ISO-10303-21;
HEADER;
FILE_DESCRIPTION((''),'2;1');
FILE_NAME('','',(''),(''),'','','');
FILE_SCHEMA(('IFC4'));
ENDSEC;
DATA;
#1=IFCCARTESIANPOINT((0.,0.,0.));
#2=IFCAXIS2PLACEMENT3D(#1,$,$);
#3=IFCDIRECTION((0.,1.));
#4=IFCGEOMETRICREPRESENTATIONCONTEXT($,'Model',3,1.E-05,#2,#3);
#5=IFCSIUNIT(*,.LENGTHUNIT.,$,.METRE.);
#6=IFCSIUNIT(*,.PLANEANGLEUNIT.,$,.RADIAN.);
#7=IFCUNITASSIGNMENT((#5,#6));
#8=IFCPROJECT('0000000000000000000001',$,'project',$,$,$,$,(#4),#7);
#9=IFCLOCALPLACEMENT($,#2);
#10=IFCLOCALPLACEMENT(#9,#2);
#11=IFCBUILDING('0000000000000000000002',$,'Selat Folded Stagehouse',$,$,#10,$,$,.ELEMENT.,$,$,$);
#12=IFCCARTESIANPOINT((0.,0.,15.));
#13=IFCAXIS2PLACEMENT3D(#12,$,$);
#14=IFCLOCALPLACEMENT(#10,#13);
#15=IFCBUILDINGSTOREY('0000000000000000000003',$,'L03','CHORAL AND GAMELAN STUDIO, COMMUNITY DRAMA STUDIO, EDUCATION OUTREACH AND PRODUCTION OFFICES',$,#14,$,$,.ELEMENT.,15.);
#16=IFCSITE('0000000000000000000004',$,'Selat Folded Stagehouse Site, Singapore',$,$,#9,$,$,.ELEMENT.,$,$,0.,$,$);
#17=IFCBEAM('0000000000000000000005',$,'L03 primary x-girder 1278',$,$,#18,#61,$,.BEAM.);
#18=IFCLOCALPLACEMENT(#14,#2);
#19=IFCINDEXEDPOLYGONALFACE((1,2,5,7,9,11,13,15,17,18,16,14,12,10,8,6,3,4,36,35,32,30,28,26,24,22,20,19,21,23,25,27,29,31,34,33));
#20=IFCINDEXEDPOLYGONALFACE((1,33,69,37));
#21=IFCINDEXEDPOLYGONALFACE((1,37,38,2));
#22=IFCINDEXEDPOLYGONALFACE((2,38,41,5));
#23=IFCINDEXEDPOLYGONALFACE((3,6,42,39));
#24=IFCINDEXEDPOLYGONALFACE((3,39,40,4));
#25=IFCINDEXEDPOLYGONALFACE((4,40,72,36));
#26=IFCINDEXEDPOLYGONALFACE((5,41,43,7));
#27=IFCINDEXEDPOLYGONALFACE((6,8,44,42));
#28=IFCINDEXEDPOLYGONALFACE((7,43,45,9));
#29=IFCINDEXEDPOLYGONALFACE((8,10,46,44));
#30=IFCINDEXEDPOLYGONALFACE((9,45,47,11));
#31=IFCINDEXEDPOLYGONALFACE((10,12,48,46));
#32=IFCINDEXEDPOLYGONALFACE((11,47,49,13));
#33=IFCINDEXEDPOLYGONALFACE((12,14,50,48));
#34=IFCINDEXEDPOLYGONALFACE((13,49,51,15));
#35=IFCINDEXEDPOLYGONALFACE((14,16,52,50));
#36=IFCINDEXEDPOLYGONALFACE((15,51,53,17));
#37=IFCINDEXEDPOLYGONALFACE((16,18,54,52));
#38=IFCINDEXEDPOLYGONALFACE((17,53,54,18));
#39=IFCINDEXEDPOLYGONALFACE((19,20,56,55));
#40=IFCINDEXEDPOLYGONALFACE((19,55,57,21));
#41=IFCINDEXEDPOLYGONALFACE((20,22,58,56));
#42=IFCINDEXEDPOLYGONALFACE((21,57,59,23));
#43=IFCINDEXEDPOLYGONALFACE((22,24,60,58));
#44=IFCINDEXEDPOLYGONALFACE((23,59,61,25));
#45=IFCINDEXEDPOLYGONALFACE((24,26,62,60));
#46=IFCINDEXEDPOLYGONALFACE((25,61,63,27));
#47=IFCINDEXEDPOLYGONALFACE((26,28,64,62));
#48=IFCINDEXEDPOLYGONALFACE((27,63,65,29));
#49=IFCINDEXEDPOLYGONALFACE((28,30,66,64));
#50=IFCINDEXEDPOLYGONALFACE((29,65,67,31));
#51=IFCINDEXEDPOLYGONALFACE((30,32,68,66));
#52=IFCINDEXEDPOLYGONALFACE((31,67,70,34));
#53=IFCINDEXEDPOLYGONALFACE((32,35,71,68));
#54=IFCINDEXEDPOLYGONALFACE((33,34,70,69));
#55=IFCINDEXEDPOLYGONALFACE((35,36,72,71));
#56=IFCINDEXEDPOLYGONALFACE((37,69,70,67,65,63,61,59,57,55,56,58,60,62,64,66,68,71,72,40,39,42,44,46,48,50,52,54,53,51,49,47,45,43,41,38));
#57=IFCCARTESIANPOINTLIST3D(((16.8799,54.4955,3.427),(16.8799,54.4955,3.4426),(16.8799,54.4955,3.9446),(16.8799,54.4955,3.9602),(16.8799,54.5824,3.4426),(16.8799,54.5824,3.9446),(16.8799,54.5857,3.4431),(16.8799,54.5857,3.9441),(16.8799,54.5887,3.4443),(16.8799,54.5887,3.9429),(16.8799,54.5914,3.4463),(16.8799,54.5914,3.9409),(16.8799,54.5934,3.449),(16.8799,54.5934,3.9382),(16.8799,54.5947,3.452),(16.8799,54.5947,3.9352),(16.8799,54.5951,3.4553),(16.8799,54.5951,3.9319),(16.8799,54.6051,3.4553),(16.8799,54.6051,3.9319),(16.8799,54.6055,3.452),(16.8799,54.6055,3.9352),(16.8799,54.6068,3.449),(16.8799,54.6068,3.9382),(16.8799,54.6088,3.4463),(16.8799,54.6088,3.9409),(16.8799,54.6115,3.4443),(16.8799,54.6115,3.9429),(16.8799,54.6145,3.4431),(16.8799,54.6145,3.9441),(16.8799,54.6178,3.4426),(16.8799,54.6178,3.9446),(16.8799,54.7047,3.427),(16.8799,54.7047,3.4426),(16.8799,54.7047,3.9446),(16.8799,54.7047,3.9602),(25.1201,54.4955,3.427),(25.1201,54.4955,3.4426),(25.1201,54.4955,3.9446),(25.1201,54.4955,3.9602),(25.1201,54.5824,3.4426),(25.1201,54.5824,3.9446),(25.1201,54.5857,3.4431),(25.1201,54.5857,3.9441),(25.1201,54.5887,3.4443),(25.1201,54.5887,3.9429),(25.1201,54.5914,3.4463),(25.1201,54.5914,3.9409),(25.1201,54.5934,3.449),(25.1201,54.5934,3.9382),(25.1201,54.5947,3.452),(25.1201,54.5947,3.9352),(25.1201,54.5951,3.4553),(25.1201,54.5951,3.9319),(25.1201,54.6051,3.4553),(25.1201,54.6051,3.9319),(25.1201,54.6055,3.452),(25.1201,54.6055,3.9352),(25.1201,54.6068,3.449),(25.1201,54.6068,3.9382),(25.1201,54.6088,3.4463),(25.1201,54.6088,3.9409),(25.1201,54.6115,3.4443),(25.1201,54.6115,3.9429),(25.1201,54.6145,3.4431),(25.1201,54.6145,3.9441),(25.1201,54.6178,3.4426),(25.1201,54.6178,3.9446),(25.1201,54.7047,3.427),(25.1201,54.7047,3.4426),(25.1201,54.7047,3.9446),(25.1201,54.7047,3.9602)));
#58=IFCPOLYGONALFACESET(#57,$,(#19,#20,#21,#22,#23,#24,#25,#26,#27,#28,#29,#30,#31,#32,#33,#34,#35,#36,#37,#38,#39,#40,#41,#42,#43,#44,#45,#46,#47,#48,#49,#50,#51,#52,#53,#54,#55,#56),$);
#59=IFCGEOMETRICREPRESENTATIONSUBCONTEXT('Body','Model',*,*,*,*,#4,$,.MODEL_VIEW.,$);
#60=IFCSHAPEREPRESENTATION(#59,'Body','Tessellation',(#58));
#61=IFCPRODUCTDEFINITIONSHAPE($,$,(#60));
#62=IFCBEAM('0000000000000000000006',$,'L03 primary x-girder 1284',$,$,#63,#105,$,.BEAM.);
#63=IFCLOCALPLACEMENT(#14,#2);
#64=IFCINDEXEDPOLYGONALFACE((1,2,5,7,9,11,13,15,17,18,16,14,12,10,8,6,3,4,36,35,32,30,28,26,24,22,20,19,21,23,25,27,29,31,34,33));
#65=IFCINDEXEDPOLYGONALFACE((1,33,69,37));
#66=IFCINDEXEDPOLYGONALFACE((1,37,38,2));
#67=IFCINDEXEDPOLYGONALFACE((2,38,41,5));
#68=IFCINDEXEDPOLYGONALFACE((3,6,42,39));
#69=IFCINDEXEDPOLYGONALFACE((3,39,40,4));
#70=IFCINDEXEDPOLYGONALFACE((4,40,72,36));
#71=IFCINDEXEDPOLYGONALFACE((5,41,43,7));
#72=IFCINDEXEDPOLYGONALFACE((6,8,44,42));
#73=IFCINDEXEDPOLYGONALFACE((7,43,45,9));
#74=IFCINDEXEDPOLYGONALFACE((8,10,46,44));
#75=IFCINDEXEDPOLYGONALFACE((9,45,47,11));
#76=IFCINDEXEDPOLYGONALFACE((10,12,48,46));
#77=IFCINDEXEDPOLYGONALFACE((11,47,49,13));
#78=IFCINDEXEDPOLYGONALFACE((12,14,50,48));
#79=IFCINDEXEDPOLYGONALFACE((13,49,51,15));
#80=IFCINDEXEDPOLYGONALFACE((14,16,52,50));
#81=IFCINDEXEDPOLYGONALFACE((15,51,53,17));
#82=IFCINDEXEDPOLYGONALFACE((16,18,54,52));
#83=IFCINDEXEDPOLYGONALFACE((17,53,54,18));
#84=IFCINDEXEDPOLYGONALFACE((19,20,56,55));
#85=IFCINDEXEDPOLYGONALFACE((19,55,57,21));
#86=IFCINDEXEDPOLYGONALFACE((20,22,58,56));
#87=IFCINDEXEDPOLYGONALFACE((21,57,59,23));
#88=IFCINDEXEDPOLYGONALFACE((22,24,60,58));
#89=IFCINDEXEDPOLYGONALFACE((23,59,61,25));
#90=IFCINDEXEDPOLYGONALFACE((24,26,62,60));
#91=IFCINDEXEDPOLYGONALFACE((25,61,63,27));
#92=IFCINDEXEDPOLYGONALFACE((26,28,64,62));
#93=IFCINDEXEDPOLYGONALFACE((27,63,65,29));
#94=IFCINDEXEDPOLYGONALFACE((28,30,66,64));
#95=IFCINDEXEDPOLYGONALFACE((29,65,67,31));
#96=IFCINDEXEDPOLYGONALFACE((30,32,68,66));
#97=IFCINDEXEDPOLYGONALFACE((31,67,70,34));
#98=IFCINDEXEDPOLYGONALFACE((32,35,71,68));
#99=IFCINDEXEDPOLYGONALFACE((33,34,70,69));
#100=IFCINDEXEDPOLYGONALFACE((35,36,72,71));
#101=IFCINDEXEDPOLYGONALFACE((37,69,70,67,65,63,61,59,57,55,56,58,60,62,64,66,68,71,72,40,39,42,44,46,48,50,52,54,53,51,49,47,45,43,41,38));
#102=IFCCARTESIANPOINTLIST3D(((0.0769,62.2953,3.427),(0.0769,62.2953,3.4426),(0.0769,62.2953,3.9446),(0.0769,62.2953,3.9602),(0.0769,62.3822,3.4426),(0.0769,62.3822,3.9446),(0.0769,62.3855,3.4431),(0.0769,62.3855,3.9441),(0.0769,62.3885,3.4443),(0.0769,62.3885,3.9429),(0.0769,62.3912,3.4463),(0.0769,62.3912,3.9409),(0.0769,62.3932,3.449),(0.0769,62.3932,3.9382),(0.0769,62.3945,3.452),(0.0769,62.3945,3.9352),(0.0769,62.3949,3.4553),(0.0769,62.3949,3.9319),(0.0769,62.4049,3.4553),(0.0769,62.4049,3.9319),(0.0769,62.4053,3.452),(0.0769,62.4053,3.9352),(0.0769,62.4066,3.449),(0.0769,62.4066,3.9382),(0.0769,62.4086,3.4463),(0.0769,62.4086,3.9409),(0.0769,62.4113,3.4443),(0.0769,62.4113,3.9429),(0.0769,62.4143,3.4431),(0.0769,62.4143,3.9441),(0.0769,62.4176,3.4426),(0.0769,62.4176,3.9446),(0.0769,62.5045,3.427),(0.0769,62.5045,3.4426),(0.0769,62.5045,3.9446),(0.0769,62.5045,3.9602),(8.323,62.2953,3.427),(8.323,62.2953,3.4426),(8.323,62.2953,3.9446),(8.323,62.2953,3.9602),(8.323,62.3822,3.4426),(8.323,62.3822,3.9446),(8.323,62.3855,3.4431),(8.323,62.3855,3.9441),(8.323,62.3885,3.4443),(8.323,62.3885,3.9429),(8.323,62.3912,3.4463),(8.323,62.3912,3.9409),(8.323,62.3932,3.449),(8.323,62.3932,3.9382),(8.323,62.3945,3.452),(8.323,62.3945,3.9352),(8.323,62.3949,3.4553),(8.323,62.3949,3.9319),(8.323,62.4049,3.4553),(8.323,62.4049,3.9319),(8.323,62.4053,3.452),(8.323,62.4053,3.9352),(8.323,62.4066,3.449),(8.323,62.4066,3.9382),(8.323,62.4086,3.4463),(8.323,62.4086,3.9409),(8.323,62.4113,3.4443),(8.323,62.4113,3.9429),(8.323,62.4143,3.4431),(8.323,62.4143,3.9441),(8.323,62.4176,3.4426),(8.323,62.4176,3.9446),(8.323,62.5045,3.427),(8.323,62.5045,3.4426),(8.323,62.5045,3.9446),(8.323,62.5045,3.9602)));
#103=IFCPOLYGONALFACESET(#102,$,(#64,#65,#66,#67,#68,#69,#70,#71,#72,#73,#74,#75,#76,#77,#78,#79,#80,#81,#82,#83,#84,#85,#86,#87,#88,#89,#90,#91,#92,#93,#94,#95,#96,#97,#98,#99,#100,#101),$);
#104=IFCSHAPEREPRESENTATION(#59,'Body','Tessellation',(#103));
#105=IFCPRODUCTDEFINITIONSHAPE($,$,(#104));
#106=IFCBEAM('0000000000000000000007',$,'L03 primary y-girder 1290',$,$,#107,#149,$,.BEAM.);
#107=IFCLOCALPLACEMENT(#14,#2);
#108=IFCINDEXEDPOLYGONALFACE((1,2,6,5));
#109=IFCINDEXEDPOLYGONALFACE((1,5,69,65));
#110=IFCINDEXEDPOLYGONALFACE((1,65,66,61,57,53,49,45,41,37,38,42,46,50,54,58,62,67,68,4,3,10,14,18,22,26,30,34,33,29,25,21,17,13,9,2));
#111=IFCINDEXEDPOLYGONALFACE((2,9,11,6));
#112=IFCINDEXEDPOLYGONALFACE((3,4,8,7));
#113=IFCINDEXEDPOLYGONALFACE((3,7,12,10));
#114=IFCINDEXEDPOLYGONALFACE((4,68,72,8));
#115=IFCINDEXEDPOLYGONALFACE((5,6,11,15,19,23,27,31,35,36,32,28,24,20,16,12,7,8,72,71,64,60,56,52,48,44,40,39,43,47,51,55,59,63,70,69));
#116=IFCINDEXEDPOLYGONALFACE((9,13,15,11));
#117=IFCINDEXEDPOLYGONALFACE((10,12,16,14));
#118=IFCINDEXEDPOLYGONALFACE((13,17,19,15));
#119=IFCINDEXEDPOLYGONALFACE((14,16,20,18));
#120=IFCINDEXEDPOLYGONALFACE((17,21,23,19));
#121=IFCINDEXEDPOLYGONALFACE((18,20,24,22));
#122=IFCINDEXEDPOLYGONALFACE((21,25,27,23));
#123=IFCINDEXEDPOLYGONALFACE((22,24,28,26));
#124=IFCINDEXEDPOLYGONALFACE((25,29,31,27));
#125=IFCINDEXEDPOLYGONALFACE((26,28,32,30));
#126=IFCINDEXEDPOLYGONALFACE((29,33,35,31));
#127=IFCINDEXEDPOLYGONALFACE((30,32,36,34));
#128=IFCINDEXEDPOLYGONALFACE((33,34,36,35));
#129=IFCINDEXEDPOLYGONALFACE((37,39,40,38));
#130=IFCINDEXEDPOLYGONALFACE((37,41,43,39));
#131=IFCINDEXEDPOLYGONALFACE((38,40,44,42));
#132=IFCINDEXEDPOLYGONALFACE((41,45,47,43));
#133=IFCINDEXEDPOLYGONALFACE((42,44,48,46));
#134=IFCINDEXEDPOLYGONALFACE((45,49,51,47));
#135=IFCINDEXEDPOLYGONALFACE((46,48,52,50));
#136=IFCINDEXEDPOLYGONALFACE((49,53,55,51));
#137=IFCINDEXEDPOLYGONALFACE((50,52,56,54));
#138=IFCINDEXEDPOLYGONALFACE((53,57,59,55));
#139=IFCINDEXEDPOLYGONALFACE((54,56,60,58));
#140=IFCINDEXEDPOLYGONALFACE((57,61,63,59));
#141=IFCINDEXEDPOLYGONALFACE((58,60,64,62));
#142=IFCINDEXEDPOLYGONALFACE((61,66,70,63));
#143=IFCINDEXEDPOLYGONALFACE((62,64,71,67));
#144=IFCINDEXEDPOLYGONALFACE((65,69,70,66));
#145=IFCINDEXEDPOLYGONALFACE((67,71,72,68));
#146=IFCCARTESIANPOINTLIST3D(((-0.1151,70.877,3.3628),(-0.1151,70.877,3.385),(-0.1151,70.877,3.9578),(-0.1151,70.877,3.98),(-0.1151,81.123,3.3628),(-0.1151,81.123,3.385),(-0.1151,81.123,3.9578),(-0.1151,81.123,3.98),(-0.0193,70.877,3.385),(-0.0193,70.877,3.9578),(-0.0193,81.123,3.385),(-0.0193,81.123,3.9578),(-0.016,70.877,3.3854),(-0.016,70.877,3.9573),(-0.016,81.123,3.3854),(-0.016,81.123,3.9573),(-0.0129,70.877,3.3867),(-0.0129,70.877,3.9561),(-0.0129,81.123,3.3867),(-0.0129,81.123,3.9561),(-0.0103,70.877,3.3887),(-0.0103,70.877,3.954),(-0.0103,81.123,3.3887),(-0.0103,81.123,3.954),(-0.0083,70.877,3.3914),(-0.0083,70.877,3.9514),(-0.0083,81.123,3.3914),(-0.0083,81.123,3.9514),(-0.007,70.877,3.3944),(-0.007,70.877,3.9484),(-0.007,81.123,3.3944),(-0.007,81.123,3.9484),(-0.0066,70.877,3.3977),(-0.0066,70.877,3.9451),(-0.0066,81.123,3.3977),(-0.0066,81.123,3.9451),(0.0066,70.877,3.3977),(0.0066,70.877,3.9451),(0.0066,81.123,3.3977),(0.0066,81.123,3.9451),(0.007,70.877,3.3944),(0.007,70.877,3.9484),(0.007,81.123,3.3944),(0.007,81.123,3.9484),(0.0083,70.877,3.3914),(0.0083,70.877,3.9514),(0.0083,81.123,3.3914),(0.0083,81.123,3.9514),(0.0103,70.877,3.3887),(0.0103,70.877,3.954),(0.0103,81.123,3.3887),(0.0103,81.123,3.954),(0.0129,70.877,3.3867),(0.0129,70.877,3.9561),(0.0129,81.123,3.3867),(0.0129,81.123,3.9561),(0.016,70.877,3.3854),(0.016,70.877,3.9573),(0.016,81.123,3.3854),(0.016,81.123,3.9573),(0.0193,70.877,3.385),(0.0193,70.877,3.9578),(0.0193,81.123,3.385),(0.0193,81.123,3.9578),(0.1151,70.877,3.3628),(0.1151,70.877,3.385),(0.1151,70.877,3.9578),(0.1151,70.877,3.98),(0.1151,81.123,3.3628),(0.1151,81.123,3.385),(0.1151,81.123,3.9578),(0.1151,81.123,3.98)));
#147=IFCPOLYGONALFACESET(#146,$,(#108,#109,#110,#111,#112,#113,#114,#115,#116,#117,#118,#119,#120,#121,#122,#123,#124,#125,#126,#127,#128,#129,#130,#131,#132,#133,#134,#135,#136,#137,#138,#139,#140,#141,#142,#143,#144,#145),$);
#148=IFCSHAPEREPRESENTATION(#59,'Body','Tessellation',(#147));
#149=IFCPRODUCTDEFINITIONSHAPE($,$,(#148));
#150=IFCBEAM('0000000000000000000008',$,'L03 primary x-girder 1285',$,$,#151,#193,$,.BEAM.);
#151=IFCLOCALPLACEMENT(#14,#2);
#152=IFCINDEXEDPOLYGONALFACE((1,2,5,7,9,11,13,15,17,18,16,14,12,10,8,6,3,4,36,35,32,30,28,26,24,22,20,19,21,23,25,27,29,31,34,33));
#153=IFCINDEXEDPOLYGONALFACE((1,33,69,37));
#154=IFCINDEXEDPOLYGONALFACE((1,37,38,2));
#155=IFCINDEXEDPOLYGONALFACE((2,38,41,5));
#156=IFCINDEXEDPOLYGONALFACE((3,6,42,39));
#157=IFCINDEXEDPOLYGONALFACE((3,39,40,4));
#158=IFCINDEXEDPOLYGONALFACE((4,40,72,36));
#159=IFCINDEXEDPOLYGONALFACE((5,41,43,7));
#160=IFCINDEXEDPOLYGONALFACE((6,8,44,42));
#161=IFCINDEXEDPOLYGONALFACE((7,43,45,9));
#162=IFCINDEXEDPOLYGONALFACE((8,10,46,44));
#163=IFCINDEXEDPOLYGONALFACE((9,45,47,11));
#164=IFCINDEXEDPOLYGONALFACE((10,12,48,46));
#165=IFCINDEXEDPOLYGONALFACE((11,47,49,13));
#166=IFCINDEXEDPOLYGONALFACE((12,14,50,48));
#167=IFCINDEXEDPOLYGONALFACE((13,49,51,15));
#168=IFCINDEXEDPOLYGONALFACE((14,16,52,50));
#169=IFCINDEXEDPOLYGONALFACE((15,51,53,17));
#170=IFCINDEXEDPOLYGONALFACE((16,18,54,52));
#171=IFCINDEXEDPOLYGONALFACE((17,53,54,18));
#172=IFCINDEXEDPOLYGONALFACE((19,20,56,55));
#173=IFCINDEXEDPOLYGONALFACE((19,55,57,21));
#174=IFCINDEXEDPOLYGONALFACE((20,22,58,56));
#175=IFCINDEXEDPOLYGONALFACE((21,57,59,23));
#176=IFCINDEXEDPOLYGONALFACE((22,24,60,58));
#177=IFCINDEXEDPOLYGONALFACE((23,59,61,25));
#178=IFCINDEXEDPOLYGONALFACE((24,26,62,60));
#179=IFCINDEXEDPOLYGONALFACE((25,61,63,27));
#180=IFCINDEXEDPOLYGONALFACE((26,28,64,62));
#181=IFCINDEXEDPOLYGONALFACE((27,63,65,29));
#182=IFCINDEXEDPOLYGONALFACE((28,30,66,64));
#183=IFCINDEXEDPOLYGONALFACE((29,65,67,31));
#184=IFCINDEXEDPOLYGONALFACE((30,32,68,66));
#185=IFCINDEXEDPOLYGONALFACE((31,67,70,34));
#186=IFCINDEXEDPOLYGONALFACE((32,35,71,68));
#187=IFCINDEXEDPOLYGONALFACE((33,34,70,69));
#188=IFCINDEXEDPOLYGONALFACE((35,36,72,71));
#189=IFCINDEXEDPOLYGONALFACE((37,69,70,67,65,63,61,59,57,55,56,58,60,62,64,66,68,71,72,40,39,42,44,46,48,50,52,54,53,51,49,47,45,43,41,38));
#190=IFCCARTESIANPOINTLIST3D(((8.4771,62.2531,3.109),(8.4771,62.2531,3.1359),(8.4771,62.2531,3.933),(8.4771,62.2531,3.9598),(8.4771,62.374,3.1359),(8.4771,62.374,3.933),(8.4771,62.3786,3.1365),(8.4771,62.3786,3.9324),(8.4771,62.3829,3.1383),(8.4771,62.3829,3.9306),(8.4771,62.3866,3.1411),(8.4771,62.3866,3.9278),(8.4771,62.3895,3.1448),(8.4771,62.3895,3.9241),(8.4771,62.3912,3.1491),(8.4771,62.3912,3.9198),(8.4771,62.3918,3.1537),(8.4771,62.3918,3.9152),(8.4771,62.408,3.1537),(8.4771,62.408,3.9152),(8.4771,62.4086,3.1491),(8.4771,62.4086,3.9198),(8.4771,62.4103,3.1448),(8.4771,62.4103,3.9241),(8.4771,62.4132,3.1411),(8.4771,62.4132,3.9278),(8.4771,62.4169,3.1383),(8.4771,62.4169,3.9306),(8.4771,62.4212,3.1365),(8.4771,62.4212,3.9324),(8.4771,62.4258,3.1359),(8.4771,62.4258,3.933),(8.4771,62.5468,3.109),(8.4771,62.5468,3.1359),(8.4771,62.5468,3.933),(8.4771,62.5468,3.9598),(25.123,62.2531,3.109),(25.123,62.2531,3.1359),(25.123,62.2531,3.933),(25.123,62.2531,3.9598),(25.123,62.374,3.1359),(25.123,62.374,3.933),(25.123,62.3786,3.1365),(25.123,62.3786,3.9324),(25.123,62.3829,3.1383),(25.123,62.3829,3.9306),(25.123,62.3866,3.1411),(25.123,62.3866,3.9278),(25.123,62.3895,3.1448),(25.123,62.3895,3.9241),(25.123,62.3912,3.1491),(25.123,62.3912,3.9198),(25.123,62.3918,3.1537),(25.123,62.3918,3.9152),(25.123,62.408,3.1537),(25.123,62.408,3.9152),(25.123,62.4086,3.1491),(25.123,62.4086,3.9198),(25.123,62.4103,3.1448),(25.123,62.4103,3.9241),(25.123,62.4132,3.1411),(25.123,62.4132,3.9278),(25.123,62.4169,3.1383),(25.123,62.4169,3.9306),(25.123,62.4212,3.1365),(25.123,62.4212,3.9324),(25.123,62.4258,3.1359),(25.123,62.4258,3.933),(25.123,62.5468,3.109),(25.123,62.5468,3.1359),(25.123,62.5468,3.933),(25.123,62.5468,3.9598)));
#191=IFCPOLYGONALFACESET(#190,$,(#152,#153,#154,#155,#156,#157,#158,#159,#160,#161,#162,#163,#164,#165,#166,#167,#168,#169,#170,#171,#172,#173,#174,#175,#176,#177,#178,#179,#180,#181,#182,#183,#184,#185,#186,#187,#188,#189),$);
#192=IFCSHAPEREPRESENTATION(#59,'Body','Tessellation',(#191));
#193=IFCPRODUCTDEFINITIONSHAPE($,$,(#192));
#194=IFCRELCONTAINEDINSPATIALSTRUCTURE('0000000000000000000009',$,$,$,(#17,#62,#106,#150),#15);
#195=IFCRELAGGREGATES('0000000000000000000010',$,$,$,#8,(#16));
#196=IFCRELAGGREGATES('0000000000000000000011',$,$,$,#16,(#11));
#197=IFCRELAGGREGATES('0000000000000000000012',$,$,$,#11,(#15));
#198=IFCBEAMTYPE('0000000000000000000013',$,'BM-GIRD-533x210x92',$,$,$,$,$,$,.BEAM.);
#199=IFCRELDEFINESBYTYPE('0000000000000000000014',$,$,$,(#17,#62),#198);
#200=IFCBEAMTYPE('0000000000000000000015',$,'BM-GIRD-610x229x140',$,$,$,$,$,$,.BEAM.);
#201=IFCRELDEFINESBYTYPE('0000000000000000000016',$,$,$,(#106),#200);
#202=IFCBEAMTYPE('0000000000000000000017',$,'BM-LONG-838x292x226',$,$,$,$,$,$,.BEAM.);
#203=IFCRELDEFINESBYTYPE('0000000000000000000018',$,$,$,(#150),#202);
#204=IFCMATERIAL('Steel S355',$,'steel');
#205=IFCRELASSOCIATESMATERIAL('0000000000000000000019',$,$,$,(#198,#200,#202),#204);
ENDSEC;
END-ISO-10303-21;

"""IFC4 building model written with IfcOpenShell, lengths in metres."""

from ifc_helpers import new_model, si_unit, direction, frame, origin, origin_2d, place, context, subcontext, project, spatial, i_section, extrude, material, material_profile, profile_set, type_object, element, save


model = new_model("IFC4")

# Units and contexts
model_context = context("Model", 3, precision=1e-05, world=origin(), true_north=direction((0.0, 1.0)))
body_context = subcontext(model_context, "Body", "Model", "MODEL_VIEW")
ifc_project = project(units=[si_unit("LENGTHUNIT", "METRE"), si_unit("PLANEANGLEUNIT", "RADIAN")], contexts=[model_context])

# Site, building, storey
site_placement = place(None, origin())
site = spatial("IfcSite", under=ifc_project, at=site_placement, Name="Selat Folded Stagehouse Site, Singapore", CompositionType="ELEMENT", RefElevation=0.0)
building_placement = place(site_placement, origin())
building = spatial("IfcBuilding", under=site, at=building_placement, Name="Selat Folded Stagehouse", CompositionType="ELEMENT")
storey_placement = place(building_placement, frame((0.0, 0.0, 15.0)))
storey = spatial("IfcBuildingStorey", under=building, at=storey_placement, Name="L03", Description="CHORAL AND GAMELAN STUDIO, COMMUNITY DRAMA STUDIO, EDUCATION OUTREACH AND PRODUCTION OFFICES", CompositionType="ELEMENT", Elevation=15.0)

# Shared definitions
ifc_material_1 = material(Name="Steel S355", Category="steel")

# Beams
ifc_material_profile_1 = material_profile(ifc_material_1, i_section(OverallWidth=0.2092, OverallDepth=0.5332, WebThickness=0.01, FlangeThickness=0.0156, FilletRadius=0.0127, at=origin_2d()), Name="UKB 533x210x92")
ifc_profile_set_1 = profile_set([ifc_material_profile_1], Name="Steel S355")
beam_type_1 = type_object("IfcBeamType", Name="BM-GIRD-533x210x92", PredefinedType="BEAM", material=ifc_profile_set_1)
beam_1_placement = place(storey_placement, frame((16.8799, 54.6001, 3.6936), z_axis=(1.0, 0.0, 0.0), x_axis=(0.0, 1.0, 0.0)))
element("IfcBeam", 1, at=beam_1_placement, inside=storey, type_object=beam_type_1, Name="L03 primary x-girder 1278", PredefinedType="BEAM", context=body_context, shape_type="SweptSolid", body=[
    extrude(i_section(OverallWidth=0.2092, OverallDepth=0.5332, WebThickness=0.01, FlangeThickness=0.0156, FilletRadius=0.0127, at=origin_2d()), origin(), (0.0, 0.0, 1.0), 8.2402),
])
beam_2_placement = place(storey_placement, frame((0.0769, 62.3999, 3.6936), z_axis=(1.0, 0.0, 0.0), x_axis=(0.0, 1.0, 0.0)))
element("IfcBeam", 2, at=beam_2_placement, inside=storey, type_object=beam_type_1, Name="L03 primary x-girder 1284", PredefinedType="BEAM", context=body_context, shape_type="SweptSolid", body=[
    extrude(i_section(OverallWidth=0.2092, OverallDepth=0.5332, WebThickness=0.01, FlangeThickness=0.0156, FilletRadius=0.0127, at=origin_2d()), origin(), (0.0, 0.0, 1.0), 8.2461),
])
ifc_material_profile_2 = material_profile(ifc_material_1, i_section(OverallWidth=0.2302, OverallDepth=0.6172, WebThickness=0.0132, FlangeThickness=0.0222, FilletRadius=0.0127, at=origin_2d()), Name="UKB 610x229x140")
ifc_profile_set_2 = profile_set([ifc_material_profile_2], Name="Steel S355")
beam_type_2 = type_object("IfcBeamType", Name="BM-GIRD-610x229x140", PredefinedType="BEAM", material=ifc_profile_set_2)
beam_3_placement = place(storey_placement, frame((0.0, 70.877, 3.6714), z_axis=(0.0, 1.0, 0.0), x_axis=(-1.0, 0.0, 0.0)))
element("IfcBeam", 3, at=beam_3_placement, inside=storey, type_object=beam_type_2, Name="L03 primary y-girder 1290", PredefinedType="BEAM", context=body_context, shape_type="SweptSolid", body=[
    extrude(i_section(OverallWidth=0.2302, OverallDepth=0.6172, WebThickness=0.0132, FlangeThickness=0.0222, FilletRadius=0.0127, at=origin_2d()), origin(), (0.0, 0.0, 1.0), 10.2461),
])
ifc_material_profile_3 = material_profile(ifc_material_1, i_section(OverallWidth=0.2937, OverallDepth=0.8508, WebThickness=0.0161, FlangeThickness=0.0269, FilletRadius=0.0178, at=origin_2d()), Name="UKB 838x292x226")
ifc_profile_set_3 = profile_set([ifc_material_profile_3], Name="Steel S355")
beam_type_3 = type_object("IfcBeamType", Name="BM-LONG-838x292x226", PredefinedType="BEAM", material=ifc_profile_set_3)
beam_4_placement = place(storey_placement, frame((8.4771, 62.3999, 3.5344), z_axis=(1.0, 0.0, 0.0), x_axis=(0.0, 1.0, 0.0)))
element("IfcBeam", 4, at=beam_4_placement, inside=storey, type_object=beam_type_3, Name="L03 primary x-girder 1285", PredefinedType="BEAM", context=body_context, shape_type="SweptSolid", body=[
    extrude(i_section(OverallWidth=0.2937, OverallDepth=0.8508, WebThickness=0.0161, FlangeThickness=0.0269, FilletRadius=0.0178, at=origin_2d()), origin(), (0.0, 0.0, 1.0), 16.646),
])

save(model, "model.ifc")
